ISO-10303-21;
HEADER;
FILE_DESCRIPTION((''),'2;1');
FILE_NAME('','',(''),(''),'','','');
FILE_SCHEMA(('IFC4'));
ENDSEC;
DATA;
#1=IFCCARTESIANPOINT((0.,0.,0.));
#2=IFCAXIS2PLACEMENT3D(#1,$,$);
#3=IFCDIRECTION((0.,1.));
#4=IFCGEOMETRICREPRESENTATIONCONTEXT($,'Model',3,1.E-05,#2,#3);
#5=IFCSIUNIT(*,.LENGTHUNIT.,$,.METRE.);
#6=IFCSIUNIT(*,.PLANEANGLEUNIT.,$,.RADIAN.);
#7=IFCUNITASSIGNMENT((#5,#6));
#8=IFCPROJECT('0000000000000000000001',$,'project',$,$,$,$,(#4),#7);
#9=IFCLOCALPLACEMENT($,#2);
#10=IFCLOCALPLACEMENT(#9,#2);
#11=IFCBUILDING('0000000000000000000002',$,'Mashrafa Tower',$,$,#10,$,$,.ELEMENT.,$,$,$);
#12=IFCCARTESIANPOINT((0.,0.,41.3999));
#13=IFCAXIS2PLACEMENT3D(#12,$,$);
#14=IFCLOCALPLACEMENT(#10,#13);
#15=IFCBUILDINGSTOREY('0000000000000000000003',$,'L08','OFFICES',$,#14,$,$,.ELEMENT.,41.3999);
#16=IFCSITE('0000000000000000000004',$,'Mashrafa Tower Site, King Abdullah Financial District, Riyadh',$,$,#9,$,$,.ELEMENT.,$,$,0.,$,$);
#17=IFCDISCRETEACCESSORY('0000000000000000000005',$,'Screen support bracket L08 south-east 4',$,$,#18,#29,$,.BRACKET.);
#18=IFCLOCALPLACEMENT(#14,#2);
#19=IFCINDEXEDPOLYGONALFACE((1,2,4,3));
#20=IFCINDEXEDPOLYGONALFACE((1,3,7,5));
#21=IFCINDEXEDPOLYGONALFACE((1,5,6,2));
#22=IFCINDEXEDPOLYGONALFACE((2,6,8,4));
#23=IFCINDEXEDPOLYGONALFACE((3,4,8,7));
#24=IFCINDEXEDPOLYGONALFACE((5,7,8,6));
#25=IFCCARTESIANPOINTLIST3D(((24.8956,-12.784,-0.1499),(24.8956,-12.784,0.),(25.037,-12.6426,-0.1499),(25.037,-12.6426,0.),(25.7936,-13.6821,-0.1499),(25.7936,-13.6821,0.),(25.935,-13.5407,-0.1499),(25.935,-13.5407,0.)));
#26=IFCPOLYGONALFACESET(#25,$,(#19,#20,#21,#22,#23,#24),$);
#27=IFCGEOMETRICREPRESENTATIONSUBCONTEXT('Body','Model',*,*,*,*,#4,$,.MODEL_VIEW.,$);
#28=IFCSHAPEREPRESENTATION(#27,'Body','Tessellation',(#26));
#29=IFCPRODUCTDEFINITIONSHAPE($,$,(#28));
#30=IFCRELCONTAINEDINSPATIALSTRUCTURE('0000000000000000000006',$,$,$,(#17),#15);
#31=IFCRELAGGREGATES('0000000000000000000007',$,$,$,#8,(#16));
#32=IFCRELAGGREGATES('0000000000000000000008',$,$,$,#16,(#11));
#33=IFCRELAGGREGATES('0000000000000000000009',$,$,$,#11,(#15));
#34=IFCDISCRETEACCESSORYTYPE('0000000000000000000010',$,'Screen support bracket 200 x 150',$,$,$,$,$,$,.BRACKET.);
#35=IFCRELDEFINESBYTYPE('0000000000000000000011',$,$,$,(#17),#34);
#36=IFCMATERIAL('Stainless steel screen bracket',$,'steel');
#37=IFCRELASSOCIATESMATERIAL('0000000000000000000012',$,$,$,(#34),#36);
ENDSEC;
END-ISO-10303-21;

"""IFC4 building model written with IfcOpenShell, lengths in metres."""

from ifc_helpers import new_model, si_unit, direction, frame, origin, origin_2d, place, context, subcontext, project, spatial, rectangle, extrude, source, transform, mapped, material, type_object, type_shapes, element, save


model = new_model("IFC4")

# Units and contexts
model_context = context("Model", 3, precision=1e-05, world=origin(), true_north=direction((0.0, 1.0)))
body_context = subcontext(model_context, "Body", "Model", "MODEL_VIEW")
ifc_project = project(units=[si_unit("LENGTHUNIT", "METRE"), si_unit("PLANEANGLEUNIT", "RADIAN")], contexts=[model_context])

# Site, building, storey
site_placement = place(None, origin())
site = spatial("IfcSite", under=ifc_project, at=site_placement, Name="Mashrafa Tower Site, King Abdullah Financial District, Riyadh", CompositionType="ELEMENT", RefElevation=0.0)
building_placement = place(site_placement, origin())
building = spatial("IfcBuilding", under=site, at=building_placement, Name="Mashrafa Tower", CompositionType="ELEMENT")
storey_placement = place(building_placement, frame((0.0, 0.0, 41.3999)))
storey = spatial("IfcBuildingStorey", under=building, at=storey_placement, Name="L08", Description="OFFICES", CompositionType="ELEMENT", Elevation=41.3999)

# Discrete accessory
ifc_material_1 = material(Name="Stainless steel screen bracket", Category="steel")
discrete_accessory_type = type_object("IfcDiscreteAccessoryType", Name="Screen support bracket 200 x 150", PredefinedType="BRACKET", material=ifc_material_1)
shared_shape_1 = source(origin(), body_context, "Body", "SweptSolid", [
    extrude(rectangle(XDim=0.2, YDim=1.27, at=origin_2d()), origin(), (0.0, 0.0, 1.0), 0.1499),
])
type_shapes(discrete_accessory_type, [shared_shape_1])
for number, where, z_axis, x_axis, name in (
    (1, (25.4153, -13.1624, -0.1499), (0.0, 0.0, 1.0), (0.707107, 0.707107, 0.0), "Screen support bracket L08 south-east 4"),
):
    element("IfcDiscreteAccessory", number, at=place(storey_placement, frame(where, z_axis=z_axis, x_axis=x_axis)), inside=storey, type_object=discrete_accessory_type, Name=name, PredefinedType="BRACKET", context=body_context, shape_type="MappedRepresentation", body=[
        mapped(shared_shape_1, transform((0.0, 0.0, 0.0))),
    ])

save(model, "model.ifc")
